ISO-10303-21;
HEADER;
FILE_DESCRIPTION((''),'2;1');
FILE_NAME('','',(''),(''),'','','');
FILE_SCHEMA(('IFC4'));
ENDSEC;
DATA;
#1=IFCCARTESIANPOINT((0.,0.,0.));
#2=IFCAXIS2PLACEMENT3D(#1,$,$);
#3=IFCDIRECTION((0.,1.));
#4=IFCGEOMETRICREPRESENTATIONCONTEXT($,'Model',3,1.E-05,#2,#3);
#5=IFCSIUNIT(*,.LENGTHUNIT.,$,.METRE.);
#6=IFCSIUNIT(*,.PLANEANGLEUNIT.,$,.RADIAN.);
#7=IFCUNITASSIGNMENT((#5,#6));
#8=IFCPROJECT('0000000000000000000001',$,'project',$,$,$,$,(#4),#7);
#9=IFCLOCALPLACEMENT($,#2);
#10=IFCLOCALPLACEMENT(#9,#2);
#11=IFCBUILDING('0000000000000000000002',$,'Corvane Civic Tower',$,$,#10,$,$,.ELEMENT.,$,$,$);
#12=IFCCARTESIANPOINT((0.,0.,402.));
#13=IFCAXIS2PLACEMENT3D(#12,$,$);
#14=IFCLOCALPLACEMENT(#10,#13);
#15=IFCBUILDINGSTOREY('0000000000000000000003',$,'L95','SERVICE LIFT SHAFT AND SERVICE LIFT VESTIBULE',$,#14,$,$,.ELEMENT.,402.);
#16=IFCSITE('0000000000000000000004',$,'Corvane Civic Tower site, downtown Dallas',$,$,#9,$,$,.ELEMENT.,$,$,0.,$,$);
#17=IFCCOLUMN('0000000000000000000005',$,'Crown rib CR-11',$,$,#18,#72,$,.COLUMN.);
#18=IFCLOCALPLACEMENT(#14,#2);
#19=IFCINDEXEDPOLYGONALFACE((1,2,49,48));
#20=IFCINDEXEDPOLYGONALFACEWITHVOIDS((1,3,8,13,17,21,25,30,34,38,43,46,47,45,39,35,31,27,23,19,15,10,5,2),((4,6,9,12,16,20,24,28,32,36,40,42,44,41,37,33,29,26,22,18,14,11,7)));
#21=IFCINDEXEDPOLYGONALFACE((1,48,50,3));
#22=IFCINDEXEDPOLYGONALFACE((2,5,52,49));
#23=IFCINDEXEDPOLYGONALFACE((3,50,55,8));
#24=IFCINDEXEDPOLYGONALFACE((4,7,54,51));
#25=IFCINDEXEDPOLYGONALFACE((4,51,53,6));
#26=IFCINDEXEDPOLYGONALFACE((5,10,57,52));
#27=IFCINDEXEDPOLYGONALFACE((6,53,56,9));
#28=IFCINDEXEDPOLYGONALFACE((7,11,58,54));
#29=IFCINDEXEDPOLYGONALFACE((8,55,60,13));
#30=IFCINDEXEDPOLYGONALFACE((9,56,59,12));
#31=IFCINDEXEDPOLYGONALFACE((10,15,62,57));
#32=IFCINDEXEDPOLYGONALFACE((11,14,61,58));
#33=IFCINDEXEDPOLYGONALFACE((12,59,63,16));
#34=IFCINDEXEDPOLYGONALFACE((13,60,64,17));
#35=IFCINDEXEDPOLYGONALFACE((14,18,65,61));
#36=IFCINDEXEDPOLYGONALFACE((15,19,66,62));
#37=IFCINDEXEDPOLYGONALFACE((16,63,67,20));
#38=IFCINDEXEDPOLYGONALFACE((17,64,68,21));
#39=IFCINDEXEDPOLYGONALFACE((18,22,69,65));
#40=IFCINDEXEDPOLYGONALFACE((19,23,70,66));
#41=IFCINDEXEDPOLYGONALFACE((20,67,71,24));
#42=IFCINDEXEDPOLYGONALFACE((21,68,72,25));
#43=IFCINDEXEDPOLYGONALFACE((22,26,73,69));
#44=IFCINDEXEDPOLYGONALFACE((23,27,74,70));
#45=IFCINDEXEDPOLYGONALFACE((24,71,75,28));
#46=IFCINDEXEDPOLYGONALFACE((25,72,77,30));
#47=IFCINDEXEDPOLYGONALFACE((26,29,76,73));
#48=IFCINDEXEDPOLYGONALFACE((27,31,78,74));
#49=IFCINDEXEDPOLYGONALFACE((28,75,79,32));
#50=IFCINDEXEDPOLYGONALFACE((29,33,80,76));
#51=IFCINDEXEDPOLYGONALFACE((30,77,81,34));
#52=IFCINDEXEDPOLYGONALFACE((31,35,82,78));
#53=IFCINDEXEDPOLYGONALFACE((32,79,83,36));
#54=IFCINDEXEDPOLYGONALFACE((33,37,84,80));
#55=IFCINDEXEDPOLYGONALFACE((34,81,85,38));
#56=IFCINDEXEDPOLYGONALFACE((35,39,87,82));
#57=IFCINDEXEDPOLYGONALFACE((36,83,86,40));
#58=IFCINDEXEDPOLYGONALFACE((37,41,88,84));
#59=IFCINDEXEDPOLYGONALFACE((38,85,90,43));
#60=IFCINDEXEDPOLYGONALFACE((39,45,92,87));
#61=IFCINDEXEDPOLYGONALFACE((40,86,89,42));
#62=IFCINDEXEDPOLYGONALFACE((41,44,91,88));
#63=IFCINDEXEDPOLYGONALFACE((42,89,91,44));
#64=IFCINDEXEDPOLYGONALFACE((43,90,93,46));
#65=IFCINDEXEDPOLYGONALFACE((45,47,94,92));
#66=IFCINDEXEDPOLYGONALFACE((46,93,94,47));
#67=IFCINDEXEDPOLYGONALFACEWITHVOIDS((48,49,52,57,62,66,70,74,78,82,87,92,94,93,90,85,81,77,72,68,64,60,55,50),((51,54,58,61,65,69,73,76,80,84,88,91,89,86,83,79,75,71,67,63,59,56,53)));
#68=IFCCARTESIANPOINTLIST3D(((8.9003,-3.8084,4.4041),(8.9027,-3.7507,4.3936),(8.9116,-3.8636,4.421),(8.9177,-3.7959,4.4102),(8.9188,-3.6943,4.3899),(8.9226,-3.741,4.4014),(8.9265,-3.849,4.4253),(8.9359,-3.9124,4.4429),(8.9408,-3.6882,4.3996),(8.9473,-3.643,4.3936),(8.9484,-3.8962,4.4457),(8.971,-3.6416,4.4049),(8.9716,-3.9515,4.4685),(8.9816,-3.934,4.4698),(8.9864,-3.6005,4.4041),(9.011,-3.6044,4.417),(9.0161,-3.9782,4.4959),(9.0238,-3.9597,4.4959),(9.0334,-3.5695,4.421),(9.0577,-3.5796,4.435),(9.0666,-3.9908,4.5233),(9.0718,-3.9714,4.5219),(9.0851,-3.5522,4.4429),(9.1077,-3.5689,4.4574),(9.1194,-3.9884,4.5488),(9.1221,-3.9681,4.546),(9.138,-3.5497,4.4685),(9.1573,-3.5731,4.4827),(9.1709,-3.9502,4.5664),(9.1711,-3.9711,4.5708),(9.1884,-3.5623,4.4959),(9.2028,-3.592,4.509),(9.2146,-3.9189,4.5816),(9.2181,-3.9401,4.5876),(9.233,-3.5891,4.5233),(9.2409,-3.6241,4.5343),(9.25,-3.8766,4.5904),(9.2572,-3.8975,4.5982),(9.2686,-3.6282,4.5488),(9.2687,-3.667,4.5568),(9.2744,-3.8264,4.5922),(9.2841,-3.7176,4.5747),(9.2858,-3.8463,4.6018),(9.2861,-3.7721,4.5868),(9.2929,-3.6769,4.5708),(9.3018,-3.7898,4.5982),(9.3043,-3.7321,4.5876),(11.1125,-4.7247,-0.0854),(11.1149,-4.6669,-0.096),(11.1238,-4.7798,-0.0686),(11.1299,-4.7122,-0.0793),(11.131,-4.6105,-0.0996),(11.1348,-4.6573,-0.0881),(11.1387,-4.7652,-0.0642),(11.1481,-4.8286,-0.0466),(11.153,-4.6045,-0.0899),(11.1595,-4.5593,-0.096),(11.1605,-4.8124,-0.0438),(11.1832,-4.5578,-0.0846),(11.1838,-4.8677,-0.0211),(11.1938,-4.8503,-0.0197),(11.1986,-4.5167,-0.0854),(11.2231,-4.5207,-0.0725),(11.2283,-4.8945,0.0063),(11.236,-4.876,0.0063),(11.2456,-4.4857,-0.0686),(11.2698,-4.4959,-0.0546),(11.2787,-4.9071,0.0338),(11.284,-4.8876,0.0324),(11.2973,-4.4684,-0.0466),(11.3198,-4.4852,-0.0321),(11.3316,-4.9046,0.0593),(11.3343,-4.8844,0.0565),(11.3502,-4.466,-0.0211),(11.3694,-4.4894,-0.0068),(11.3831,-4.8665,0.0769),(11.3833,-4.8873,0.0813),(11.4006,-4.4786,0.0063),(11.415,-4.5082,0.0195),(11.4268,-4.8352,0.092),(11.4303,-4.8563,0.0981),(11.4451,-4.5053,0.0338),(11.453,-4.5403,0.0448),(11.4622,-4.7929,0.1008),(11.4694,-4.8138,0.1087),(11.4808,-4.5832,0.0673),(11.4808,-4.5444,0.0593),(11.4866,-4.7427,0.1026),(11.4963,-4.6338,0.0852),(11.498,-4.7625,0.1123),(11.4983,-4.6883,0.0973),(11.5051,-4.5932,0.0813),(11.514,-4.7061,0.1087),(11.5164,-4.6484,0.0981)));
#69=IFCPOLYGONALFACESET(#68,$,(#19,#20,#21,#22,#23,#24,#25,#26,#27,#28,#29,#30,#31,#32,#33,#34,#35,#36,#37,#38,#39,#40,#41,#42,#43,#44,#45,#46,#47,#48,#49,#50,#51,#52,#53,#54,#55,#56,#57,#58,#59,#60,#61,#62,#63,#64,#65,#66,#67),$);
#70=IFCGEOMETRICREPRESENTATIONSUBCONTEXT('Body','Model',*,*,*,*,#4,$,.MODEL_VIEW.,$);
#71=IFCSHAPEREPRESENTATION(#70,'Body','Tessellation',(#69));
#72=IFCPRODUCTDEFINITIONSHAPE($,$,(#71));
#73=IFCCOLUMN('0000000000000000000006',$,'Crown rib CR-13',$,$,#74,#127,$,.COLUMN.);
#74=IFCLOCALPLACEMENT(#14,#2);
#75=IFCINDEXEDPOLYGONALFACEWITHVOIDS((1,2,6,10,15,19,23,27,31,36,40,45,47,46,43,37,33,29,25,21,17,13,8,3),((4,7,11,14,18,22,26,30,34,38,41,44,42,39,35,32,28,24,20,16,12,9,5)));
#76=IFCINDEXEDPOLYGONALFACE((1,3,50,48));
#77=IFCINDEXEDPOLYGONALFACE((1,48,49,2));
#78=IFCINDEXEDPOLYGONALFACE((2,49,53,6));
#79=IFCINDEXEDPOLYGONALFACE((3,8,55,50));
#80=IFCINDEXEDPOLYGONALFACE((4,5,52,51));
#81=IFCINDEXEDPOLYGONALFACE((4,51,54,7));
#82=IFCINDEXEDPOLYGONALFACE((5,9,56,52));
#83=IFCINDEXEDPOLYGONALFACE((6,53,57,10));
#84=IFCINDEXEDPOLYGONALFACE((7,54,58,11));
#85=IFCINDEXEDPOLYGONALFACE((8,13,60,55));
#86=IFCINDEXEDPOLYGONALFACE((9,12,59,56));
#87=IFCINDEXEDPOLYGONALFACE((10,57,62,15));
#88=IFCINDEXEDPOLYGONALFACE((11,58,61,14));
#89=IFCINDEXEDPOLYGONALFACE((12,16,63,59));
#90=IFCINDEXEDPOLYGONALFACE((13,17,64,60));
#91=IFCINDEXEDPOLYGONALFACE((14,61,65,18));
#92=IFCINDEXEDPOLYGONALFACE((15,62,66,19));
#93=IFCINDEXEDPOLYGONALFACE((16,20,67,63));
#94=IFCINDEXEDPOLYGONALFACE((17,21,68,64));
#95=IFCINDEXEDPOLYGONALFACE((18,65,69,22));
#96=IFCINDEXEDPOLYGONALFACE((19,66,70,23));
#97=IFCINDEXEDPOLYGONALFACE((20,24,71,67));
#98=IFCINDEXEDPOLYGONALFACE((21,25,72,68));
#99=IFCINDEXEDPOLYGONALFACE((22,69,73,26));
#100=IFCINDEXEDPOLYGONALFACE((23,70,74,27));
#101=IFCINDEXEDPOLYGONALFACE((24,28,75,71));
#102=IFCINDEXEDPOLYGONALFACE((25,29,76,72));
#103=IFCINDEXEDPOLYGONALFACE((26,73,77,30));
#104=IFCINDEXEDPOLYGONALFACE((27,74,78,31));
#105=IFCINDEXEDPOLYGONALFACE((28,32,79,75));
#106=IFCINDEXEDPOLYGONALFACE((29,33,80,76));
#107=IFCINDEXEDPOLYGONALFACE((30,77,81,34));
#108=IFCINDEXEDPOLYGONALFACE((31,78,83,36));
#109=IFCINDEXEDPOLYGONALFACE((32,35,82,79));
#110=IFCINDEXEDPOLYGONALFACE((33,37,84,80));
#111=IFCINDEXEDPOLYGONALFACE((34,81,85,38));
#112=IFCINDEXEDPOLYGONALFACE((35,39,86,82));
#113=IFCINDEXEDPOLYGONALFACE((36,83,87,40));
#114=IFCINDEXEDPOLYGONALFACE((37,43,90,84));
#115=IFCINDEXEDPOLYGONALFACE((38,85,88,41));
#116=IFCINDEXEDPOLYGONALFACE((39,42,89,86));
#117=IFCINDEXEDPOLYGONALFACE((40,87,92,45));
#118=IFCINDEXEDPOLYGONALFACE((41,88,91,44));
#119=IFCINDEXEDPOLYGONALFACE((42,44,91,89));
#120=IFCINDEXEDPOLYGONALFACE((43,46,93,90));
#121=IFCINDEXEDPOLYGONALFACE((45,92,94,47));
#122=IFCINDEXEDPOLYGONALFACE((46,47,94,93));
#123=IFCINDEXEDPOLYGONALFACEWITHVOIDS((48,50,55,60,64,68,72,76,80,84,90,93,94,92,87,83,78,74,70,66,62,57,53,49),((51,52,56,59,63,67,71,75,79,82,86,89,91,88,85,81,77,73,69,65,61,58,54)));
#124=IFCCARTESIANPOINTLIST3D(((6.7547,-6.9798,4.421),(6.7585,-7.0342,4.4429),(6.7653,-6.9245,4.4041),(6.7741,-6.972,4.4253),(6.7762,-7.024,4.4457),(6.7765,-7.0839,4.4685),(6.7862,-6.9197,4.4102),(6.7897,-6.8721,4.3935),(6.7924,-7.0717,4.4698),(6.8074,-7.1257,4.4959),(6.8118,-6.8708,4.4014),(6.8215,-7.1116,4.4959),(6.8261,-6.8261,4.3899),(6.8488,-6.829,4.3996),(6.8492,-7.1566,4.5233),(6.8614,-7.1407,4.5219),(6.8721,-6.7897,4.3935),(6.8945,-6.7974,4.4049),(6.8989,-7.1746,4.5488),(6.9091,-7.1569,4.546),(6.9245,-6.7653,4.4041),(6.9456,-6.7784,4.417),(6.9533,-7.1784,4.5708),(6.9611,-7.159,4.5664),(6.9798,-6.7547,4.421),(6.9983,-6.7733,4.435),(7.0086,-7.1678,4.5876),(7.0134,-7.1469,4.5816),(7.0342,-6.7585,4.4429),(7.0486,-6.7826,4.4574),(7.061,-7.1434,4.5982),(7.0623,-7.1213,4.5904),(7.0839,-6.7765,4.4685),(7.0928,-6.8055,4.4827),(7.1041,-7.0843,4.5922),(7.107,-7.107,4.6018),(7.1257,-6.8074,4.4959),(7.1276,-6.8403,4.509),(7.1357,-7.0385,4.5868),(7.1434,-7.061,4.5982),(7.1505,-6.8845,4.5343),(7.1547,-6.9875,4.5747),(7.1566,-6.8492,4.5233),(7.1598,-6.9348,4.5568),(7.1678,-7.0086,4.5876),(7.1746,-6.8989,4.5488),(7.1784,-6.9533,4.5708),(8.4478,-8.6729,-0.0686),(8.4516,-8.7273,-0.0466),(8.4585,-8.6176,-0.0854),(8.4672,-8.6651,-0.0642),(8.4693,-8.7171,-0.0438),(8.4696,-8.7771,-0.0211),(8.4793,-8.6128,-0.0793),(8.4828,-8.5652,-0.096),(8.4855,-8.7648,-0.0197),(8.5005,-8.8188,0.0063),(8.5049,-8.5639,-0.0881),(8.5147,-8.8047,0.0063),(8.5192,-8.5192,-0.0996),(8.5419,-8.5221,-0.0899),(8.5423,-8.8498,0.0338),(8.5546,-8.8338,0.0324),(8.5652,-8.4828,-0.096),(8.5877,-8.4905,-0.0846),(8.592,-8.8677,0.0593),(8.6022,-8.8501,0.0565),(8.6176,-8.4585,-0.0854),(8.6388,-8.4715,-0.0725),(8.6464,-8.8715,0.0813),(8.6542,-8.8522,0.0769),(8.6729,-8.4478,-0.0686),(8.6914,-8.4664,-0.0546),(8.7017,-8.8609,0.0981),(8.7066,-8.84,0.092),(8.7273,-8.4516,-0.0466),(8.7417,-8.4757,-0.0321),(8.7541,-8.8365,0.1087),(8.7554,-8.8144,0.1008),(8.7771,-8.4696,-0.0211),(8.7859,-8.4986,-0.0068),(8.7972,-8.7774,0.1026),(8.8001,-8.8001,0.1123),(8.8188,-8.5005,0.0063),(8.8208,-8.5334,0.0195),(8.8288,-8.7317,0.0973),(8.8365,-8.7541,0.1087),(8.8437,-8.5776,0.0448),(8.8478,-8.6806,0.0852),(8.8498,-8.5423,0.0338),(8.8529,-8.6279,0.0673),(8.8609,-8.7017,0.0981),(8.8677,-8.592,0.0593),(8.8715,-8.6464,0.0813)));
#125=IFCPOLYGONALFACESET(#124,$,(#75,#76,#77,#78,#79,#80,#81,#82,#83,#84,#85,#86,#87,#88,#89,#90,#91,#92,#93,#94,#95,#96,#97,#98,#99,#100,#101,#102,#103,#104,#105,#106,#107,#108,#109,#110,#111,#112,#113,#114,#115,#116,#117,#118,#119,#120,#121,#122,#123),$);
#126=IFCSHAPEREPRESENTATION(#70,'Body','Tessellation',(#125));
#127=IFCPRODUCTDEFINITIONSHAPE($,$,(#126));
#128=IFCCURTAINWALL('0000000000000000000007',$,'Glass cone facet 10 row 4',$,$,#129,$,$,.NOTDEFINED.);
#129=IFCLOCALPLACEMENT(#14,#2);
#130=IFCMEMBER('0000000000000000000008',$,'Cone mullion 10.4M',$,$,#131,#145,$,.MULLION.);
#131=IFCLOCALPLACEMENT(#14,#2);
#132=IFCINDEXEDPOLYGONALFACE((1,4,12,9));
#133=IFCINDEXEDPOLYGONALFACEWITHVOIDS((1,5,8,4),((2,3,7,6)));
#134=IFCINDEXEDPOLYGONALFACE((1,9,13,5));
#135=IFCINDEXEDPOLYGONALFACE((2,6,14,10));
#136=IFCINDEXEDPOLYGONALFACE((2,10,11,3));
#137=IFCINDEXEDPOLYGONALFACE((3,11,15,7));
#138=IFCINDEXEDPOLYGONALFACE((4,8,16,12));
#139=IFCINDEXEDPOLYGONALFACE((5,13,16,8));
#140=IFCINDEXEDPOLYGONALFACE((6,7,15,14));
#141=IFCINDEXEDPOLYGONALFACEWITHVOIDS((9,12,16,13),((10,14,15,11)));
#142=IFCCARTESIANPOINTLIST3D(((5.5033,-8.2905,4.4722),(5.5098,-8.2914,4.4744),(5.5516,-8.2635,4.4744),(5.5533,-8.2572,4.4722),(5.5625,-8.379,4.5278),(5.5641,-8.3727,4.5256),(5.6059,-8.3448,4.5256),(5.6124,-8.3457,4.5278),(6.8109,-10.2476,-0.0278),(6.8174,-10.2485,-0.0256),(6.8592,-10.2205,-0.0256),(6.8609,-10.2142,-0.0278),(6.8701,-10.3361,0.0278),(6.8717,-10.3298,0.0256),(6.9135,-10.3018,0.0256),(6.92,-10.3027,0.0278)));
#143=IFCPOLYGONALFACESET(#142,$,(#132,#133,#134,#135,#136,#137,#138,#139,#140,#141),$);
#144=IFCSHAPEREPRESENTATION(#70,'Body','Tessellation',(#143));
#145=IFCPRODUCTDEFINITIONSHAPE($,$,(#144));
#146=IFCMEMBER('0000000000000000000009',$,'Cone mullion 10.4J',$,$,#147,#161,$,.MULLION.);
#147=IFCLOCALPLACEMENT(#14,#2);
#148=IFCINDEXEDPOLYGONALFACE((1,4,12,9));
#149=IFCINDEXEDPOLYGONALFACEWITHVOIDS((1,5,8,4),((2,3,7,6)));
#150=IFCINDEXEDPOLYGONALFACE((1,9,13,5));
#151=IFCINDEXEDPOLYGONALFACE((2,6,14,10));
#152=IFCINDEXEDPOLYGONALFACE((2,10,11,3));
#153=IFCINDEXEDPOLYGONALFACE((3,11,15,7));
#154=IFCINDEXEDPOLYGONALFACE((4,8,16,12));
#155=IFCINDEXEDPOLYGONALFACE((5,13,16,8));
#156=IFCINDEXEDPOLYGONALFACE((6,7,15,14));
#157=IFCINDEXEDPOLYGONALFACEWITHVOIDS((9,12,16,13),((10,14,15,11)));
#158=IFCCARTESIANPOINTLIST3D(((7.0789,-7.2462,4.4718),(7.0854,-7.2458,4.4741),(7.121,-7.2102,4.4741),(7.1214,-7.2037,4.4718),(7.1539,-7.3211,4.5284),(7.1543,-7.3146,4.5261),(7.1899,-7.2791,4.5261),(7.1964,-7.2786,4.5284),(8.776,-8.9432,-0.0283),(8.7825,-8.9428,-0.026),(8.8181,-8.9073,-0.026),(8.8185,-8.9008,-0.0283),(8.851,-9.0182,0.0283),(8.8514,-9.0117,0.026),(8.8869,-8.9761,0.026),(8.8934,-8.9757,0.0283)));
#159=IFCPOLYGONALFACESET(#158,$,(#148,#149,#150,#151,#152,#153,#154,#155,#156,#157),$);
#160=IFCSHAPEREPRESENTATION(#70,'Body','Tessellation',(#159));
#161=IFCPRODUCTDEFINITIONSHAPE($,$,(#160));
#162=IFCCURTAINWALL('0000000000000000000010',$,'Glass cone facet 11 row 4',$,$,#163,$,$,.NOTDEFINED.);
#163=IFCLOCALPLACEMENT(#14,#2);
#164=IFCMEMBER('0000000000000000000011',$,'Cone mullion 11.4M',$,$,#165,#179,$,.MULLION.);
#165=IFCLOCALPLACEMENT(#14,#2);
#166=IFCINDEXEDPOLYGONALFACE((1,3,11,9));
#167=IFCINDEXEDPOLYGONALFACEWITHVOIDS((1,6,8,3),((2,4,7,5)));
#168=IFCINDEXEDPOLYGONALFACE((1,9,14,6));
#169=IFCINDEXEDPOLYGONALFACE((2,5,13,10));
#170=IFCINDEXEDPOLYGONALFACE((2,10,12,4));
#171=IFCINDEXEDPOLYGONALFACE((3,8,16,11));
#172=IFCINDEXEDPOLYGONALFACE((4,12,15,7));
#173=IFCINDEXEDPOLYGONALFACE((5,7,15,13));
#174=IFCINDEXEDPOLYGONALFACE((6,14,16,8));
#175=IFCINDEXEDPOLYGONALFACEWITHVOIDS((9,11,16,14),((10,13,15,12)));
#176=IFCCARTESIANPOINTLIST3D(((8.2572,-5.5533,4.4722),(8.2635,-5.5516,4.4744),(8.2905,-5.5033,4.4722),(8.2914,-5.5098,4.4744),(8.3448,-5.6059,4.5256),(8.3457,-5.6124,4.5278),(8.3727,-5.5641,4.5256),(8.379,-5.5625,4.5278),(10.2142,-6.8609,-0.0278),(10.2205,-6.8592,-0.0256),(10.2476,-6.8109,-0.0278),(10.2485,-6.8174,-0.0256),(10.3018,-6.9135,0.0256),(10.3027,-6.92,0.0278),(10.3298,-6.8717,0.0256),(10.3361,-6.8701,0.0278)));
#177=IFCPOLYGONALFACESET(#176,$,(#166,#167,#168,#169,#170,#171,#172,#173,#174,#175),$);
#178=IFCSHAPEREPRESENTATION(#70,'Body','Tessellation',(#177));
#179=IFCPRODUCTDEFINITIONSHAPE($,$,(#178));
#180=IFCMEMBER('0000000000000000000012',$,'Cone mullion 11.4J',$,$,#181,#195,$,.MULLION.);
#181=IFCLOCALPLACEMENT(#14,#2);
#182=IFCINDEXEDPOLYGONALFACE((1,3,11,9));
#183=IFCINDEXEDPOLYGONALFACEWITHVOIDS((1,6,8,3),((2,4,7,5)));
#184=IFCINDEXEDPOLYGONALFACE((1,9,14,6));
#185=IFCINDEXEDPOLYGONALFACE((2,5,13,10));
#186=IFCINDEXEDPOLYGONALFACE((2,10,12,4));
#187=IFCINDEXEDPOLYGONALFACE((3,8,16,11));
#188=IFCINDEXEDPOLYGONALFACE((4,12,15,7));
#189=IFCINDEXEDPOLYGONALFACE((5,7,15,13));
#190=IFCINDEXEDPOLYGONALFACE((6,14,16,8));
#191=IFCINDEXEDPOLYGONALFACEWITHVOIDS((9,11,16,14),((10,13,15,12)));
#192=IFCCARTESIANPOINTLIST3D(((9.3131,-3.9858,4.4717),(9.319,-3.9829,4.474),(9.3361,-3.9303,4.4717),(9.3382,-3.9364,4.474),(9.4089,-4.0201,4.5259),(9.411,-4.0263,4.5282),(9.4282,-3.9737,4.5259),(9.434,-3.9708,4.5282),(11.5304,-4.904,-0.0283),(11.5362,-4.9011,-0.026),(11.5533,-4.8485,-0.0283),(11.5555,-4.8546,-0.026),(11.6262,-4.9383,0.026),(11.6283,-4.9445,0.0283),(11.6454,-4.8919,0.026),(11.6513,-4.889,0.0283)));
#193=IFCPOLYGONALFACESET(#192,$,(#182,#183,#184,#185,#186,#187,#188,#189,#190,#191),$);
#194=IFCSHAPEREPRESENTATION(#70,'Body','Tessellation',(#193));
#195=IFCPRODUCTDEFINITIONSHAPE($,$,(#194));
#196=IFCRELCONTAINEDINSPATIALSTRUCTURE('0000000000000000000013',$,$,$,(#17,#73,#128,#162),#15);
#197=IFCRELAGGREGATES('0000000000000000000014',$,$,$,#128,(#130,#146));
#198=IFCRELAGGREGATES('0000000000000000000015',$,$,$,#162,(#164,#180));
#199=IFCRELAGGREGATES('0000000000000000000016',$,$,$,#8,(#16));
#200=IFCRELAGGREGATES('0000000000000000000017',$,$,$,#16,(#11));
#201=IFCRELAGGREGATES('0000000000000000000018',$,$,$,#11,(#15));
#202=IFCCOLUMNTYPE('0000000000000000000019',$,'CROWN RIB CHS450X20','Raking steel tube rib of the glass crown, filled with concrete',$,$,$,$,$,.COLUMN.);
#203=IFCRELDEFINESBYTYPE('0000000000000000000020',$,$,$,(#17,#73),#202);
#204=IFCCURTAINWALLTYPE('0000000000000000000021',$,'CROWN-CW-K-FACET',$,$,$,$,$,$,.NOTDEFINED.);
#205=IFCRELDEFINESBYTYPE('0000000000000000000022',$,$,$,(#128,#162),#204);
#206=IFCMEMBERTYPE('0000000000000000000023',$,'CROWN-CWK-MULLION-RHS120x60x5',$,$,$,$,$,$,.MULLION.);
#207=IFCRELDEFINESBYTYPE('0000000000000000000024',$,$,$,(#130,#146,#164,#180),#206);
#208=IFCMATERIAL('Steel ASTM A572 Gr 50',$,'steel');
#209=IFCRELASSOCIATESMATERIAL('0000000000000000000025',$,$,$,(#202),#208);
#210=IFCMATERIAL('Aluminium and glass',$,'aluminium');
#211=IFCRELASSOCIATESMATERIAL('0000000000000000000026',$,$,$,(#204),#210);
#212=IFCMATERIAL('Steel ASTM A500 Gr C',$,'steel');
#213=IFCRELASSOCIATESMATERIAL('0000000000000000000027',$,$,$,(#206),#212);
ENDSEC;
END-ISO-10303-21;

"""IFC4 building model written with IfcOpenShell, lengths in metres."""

from ifc_helpers import new_model, si_unit, direction, frame, origin, origin_2d, place, context, subcontext, project, spatial, hollow_rectangle, hollow_circle, extrude, material, material_profile, profile_set, type_object, element, aggregate, save


model = new_model("IFC4")

# Units and contexts
model_context = context("Model", 3, precision=1e-05, world=origin(), true_north=direction((0.0, 1.0)))
body_context = subcontext(model_context, "Body", "Model", "MODEL_VIEW")
ifc_project = project(units=[si_unit("LENGTHUNIT", "METRE"), si_unit("PLANEANGLEUNIT", "RADIAN")], contexts=[model_context])

# Site, building, storey
site_placement = place(None, origin())
site = spatial("IfcSite", under=ifc_project, at=site_placement, Name="Corvane Civic Tower site, downtown Dallas", CompositionType="ELEMENT", RefElevation=0.0)
building_placement = place(site_placement, origin())
building = spatial("IfcBuilding", under=site, at=building_placement, Name="Corvane Civic Tower", CompositionType="ELEMENT")
storey_placement = place(building_placement, frame((0.0, 0.0, 402.0)))
storey = spatial("IfcBuildingStorey", under=building, at=storey_placement, Name="L95", Description="SERVICE LIFT SHAFT AND SERVICE LIFT VESTIBULE", CompositionType="ELEMENT", Elevation=402.0)

# Columns
ifc_material_1 = material(Name="Steel ASTM A572 Gr 50", Category="steel")
ifc_material_profile_1 = material_profile(ifc_material_1, hollow_circle(Radius=0.2251, WallThickness=0.02, at=origin_2d()), Name="CHS450X20")
ifc_profile_set_1 = profile_set([ifc_material_profile_1], Name="Steel ASTM A572 Gr 50")
column_type = type_object("IfcColumnType", Name="CROWN RIB CHS450X20", Description="Raking steel tube rib of the glass crown, filled with concrete", PredefinedType="COLUMN", material=ifc_profile_set_1)
for number, where, z_axis, x_axis, name in (
    (1, (11.3145, -4.6865, 0.0063), (-0.434771, 0.180079, 0.882353), (-0.382667, -0.923886, 0.0), "Crown rib CR-11"),
    (2, (8.6597, -8.6597, 0.0063), (-0.332759, 0.332759, 0.882351), (-0.707107, -0.707107, 0.0), "Crown rib CR-13"),
):
    element("IfcColumn", number, at=place(storey_placement, frame(where, z_axis=z_axis, x_axis=x_axis)), inside=storey, type_object=column_type, Name=name, PredefinedType="COLUMN", context=body_context, shape_type="SweptSolid", body=[
        extrude(hollow_circle(Radius=0.2251, WallThickness=0.02, at=origin_2d()), origin(), (0.0, 0.0, 1.0), 5.0881),
    ])

# Curtain walls, members
ifc_material_2 = material(Name="Aluminium and glass", Category="aluminium")
curtain_wall_type = type_object("IfcCurtainWallType", Name="CROWN-CW-K-FACET", PredefinedType="NOTDEFINED", material=ifc_material_2)
curtain_wall_1_placement = place(storey_placement, origin())
curtain_wall_1 = element("IfcCurtainWall", 3, at=curtain_wall_1_placement, inside=storey, type_object=curtain_wall_type, Name="Glass cone facet 10 row 4", PredefinedType="NOTDEFINED")
ifc_material_3 = material(Name="Steel ASTM A500 Gr C", Category="steel")
ifc_material_profile_2 = material_profile(ifc_material_3, hollow_rectangle(XDim=0.0601, YDim=0.1201, WallThickness=0.0049, at=origin_2d()), Name="RHS 120x60x5")
ifc_profile_set_2 = profile_set([ifc_material_profile_2], Name="Steel ASTM A500 Gr C")
member_type_1 = type_object("IfcMemberType", Name="CROWN-CWK-MULLION-RHS120x60x5", PredefinedType="MULLION", material=ifc_profile_set_2)
member_1_placement = place(storey_placement, frame((6.8655, -10.2751, 0.0), z_axis=(-0.257488, 0.385366, 0.886111), x_axis=(-0.831475, -0.555562, 0.0)))
member_1 = element("IfcMember", 4, at=member_1_placement, type_object=member_type_1, Name="Cone mullion 10.4M", PredefinedType="MULLION", context=body_context, shape_type="SweptSolid", body=[
    extrude(hollow_rectangle(XDim=0.0601, YDim=0.1201, WallThickness=0.0049, at=origin_2d()), origin(), (0.0, 0.0, 1.0), 5.0784),
])
member_2_placement = place(storey_placement, frame((8.8347, -8.9595, 0.0), z_axis=(-0.332751, 0.332751, 0.882357), x_axis=(-0.707107, -0.707107, 0.0)))
member_2 = element("IfcMember", 5, at=member_2_placement, type_object=member_type_1, Name="Cone mullion 10.4J", PredefinedType="MULLION", context=body_context, shape_type="SweptSolid", body=[
    extrude(hollow_rectangle(XDim=0.0601, YDim=0.1201, WallThickness=0.0049, at=origin_2d()), origin(), (0.0, 0.0, 1.0), 5.1001),
])
curtain_wall_2_placement = place(storey_placement, origin())
curtain_wall_2 = element("IfcCurtainWall", 6, at=curtain_wall_2_placement, inside=storey, type_object=curtain_wall_type, Name="Glass cone facet 11 row 4", PredefinedType="NOTDEFINED")
member_3_placement = place(storey_placement, frame((10.2751, -6.8655, 0.0), z_axis=(-0.385366, 0.257488, 0.886111), x_axis=(-0.555562, -0.831475, 0.0)))
member_3 = element("IfcMember", 7, at=member_3_placement, type_object=member_type_1, Name="Cone mullion 11.4M", PredefinedType="MULLION", context=body_context, shape_type="SweptSolid", body=[
    extrude(hollow_rectangle(XDim=0.0601, YDim=0.1201, WallThickness=0.0049, at=origin_2d()), origin(), (0.0, 0.0, 1.0), 5.0784),
])
member_4_placement = place(storey_placement, frame((11.5908, -4.8965, 0.0), z_axis=(-0.434766, 0.180044, 0.882362), x_axis=(-0.382606, -0.923911, 0.0)))
member_4 = element("IfcMember", 8, at=member_4_placement, type_object=member_type_1, Name="Cone mullion 11.4J", PredefinedType="MULLION", context=body_context, shape_type="SweptSolid", body=[
    extrude(hollow_rectangle(XDim=0.0601, YDim=0.1201, WallThickness=0.0049, at=origin_2d()), origin(), (0.0, 0.0, 1.0), 5.0999),
])

aggregate(curtain_wall_1, [member_1, member_2])
aggregate(curtain_wall_2, [member_3, member_4])

save(model, "model.ifc")
